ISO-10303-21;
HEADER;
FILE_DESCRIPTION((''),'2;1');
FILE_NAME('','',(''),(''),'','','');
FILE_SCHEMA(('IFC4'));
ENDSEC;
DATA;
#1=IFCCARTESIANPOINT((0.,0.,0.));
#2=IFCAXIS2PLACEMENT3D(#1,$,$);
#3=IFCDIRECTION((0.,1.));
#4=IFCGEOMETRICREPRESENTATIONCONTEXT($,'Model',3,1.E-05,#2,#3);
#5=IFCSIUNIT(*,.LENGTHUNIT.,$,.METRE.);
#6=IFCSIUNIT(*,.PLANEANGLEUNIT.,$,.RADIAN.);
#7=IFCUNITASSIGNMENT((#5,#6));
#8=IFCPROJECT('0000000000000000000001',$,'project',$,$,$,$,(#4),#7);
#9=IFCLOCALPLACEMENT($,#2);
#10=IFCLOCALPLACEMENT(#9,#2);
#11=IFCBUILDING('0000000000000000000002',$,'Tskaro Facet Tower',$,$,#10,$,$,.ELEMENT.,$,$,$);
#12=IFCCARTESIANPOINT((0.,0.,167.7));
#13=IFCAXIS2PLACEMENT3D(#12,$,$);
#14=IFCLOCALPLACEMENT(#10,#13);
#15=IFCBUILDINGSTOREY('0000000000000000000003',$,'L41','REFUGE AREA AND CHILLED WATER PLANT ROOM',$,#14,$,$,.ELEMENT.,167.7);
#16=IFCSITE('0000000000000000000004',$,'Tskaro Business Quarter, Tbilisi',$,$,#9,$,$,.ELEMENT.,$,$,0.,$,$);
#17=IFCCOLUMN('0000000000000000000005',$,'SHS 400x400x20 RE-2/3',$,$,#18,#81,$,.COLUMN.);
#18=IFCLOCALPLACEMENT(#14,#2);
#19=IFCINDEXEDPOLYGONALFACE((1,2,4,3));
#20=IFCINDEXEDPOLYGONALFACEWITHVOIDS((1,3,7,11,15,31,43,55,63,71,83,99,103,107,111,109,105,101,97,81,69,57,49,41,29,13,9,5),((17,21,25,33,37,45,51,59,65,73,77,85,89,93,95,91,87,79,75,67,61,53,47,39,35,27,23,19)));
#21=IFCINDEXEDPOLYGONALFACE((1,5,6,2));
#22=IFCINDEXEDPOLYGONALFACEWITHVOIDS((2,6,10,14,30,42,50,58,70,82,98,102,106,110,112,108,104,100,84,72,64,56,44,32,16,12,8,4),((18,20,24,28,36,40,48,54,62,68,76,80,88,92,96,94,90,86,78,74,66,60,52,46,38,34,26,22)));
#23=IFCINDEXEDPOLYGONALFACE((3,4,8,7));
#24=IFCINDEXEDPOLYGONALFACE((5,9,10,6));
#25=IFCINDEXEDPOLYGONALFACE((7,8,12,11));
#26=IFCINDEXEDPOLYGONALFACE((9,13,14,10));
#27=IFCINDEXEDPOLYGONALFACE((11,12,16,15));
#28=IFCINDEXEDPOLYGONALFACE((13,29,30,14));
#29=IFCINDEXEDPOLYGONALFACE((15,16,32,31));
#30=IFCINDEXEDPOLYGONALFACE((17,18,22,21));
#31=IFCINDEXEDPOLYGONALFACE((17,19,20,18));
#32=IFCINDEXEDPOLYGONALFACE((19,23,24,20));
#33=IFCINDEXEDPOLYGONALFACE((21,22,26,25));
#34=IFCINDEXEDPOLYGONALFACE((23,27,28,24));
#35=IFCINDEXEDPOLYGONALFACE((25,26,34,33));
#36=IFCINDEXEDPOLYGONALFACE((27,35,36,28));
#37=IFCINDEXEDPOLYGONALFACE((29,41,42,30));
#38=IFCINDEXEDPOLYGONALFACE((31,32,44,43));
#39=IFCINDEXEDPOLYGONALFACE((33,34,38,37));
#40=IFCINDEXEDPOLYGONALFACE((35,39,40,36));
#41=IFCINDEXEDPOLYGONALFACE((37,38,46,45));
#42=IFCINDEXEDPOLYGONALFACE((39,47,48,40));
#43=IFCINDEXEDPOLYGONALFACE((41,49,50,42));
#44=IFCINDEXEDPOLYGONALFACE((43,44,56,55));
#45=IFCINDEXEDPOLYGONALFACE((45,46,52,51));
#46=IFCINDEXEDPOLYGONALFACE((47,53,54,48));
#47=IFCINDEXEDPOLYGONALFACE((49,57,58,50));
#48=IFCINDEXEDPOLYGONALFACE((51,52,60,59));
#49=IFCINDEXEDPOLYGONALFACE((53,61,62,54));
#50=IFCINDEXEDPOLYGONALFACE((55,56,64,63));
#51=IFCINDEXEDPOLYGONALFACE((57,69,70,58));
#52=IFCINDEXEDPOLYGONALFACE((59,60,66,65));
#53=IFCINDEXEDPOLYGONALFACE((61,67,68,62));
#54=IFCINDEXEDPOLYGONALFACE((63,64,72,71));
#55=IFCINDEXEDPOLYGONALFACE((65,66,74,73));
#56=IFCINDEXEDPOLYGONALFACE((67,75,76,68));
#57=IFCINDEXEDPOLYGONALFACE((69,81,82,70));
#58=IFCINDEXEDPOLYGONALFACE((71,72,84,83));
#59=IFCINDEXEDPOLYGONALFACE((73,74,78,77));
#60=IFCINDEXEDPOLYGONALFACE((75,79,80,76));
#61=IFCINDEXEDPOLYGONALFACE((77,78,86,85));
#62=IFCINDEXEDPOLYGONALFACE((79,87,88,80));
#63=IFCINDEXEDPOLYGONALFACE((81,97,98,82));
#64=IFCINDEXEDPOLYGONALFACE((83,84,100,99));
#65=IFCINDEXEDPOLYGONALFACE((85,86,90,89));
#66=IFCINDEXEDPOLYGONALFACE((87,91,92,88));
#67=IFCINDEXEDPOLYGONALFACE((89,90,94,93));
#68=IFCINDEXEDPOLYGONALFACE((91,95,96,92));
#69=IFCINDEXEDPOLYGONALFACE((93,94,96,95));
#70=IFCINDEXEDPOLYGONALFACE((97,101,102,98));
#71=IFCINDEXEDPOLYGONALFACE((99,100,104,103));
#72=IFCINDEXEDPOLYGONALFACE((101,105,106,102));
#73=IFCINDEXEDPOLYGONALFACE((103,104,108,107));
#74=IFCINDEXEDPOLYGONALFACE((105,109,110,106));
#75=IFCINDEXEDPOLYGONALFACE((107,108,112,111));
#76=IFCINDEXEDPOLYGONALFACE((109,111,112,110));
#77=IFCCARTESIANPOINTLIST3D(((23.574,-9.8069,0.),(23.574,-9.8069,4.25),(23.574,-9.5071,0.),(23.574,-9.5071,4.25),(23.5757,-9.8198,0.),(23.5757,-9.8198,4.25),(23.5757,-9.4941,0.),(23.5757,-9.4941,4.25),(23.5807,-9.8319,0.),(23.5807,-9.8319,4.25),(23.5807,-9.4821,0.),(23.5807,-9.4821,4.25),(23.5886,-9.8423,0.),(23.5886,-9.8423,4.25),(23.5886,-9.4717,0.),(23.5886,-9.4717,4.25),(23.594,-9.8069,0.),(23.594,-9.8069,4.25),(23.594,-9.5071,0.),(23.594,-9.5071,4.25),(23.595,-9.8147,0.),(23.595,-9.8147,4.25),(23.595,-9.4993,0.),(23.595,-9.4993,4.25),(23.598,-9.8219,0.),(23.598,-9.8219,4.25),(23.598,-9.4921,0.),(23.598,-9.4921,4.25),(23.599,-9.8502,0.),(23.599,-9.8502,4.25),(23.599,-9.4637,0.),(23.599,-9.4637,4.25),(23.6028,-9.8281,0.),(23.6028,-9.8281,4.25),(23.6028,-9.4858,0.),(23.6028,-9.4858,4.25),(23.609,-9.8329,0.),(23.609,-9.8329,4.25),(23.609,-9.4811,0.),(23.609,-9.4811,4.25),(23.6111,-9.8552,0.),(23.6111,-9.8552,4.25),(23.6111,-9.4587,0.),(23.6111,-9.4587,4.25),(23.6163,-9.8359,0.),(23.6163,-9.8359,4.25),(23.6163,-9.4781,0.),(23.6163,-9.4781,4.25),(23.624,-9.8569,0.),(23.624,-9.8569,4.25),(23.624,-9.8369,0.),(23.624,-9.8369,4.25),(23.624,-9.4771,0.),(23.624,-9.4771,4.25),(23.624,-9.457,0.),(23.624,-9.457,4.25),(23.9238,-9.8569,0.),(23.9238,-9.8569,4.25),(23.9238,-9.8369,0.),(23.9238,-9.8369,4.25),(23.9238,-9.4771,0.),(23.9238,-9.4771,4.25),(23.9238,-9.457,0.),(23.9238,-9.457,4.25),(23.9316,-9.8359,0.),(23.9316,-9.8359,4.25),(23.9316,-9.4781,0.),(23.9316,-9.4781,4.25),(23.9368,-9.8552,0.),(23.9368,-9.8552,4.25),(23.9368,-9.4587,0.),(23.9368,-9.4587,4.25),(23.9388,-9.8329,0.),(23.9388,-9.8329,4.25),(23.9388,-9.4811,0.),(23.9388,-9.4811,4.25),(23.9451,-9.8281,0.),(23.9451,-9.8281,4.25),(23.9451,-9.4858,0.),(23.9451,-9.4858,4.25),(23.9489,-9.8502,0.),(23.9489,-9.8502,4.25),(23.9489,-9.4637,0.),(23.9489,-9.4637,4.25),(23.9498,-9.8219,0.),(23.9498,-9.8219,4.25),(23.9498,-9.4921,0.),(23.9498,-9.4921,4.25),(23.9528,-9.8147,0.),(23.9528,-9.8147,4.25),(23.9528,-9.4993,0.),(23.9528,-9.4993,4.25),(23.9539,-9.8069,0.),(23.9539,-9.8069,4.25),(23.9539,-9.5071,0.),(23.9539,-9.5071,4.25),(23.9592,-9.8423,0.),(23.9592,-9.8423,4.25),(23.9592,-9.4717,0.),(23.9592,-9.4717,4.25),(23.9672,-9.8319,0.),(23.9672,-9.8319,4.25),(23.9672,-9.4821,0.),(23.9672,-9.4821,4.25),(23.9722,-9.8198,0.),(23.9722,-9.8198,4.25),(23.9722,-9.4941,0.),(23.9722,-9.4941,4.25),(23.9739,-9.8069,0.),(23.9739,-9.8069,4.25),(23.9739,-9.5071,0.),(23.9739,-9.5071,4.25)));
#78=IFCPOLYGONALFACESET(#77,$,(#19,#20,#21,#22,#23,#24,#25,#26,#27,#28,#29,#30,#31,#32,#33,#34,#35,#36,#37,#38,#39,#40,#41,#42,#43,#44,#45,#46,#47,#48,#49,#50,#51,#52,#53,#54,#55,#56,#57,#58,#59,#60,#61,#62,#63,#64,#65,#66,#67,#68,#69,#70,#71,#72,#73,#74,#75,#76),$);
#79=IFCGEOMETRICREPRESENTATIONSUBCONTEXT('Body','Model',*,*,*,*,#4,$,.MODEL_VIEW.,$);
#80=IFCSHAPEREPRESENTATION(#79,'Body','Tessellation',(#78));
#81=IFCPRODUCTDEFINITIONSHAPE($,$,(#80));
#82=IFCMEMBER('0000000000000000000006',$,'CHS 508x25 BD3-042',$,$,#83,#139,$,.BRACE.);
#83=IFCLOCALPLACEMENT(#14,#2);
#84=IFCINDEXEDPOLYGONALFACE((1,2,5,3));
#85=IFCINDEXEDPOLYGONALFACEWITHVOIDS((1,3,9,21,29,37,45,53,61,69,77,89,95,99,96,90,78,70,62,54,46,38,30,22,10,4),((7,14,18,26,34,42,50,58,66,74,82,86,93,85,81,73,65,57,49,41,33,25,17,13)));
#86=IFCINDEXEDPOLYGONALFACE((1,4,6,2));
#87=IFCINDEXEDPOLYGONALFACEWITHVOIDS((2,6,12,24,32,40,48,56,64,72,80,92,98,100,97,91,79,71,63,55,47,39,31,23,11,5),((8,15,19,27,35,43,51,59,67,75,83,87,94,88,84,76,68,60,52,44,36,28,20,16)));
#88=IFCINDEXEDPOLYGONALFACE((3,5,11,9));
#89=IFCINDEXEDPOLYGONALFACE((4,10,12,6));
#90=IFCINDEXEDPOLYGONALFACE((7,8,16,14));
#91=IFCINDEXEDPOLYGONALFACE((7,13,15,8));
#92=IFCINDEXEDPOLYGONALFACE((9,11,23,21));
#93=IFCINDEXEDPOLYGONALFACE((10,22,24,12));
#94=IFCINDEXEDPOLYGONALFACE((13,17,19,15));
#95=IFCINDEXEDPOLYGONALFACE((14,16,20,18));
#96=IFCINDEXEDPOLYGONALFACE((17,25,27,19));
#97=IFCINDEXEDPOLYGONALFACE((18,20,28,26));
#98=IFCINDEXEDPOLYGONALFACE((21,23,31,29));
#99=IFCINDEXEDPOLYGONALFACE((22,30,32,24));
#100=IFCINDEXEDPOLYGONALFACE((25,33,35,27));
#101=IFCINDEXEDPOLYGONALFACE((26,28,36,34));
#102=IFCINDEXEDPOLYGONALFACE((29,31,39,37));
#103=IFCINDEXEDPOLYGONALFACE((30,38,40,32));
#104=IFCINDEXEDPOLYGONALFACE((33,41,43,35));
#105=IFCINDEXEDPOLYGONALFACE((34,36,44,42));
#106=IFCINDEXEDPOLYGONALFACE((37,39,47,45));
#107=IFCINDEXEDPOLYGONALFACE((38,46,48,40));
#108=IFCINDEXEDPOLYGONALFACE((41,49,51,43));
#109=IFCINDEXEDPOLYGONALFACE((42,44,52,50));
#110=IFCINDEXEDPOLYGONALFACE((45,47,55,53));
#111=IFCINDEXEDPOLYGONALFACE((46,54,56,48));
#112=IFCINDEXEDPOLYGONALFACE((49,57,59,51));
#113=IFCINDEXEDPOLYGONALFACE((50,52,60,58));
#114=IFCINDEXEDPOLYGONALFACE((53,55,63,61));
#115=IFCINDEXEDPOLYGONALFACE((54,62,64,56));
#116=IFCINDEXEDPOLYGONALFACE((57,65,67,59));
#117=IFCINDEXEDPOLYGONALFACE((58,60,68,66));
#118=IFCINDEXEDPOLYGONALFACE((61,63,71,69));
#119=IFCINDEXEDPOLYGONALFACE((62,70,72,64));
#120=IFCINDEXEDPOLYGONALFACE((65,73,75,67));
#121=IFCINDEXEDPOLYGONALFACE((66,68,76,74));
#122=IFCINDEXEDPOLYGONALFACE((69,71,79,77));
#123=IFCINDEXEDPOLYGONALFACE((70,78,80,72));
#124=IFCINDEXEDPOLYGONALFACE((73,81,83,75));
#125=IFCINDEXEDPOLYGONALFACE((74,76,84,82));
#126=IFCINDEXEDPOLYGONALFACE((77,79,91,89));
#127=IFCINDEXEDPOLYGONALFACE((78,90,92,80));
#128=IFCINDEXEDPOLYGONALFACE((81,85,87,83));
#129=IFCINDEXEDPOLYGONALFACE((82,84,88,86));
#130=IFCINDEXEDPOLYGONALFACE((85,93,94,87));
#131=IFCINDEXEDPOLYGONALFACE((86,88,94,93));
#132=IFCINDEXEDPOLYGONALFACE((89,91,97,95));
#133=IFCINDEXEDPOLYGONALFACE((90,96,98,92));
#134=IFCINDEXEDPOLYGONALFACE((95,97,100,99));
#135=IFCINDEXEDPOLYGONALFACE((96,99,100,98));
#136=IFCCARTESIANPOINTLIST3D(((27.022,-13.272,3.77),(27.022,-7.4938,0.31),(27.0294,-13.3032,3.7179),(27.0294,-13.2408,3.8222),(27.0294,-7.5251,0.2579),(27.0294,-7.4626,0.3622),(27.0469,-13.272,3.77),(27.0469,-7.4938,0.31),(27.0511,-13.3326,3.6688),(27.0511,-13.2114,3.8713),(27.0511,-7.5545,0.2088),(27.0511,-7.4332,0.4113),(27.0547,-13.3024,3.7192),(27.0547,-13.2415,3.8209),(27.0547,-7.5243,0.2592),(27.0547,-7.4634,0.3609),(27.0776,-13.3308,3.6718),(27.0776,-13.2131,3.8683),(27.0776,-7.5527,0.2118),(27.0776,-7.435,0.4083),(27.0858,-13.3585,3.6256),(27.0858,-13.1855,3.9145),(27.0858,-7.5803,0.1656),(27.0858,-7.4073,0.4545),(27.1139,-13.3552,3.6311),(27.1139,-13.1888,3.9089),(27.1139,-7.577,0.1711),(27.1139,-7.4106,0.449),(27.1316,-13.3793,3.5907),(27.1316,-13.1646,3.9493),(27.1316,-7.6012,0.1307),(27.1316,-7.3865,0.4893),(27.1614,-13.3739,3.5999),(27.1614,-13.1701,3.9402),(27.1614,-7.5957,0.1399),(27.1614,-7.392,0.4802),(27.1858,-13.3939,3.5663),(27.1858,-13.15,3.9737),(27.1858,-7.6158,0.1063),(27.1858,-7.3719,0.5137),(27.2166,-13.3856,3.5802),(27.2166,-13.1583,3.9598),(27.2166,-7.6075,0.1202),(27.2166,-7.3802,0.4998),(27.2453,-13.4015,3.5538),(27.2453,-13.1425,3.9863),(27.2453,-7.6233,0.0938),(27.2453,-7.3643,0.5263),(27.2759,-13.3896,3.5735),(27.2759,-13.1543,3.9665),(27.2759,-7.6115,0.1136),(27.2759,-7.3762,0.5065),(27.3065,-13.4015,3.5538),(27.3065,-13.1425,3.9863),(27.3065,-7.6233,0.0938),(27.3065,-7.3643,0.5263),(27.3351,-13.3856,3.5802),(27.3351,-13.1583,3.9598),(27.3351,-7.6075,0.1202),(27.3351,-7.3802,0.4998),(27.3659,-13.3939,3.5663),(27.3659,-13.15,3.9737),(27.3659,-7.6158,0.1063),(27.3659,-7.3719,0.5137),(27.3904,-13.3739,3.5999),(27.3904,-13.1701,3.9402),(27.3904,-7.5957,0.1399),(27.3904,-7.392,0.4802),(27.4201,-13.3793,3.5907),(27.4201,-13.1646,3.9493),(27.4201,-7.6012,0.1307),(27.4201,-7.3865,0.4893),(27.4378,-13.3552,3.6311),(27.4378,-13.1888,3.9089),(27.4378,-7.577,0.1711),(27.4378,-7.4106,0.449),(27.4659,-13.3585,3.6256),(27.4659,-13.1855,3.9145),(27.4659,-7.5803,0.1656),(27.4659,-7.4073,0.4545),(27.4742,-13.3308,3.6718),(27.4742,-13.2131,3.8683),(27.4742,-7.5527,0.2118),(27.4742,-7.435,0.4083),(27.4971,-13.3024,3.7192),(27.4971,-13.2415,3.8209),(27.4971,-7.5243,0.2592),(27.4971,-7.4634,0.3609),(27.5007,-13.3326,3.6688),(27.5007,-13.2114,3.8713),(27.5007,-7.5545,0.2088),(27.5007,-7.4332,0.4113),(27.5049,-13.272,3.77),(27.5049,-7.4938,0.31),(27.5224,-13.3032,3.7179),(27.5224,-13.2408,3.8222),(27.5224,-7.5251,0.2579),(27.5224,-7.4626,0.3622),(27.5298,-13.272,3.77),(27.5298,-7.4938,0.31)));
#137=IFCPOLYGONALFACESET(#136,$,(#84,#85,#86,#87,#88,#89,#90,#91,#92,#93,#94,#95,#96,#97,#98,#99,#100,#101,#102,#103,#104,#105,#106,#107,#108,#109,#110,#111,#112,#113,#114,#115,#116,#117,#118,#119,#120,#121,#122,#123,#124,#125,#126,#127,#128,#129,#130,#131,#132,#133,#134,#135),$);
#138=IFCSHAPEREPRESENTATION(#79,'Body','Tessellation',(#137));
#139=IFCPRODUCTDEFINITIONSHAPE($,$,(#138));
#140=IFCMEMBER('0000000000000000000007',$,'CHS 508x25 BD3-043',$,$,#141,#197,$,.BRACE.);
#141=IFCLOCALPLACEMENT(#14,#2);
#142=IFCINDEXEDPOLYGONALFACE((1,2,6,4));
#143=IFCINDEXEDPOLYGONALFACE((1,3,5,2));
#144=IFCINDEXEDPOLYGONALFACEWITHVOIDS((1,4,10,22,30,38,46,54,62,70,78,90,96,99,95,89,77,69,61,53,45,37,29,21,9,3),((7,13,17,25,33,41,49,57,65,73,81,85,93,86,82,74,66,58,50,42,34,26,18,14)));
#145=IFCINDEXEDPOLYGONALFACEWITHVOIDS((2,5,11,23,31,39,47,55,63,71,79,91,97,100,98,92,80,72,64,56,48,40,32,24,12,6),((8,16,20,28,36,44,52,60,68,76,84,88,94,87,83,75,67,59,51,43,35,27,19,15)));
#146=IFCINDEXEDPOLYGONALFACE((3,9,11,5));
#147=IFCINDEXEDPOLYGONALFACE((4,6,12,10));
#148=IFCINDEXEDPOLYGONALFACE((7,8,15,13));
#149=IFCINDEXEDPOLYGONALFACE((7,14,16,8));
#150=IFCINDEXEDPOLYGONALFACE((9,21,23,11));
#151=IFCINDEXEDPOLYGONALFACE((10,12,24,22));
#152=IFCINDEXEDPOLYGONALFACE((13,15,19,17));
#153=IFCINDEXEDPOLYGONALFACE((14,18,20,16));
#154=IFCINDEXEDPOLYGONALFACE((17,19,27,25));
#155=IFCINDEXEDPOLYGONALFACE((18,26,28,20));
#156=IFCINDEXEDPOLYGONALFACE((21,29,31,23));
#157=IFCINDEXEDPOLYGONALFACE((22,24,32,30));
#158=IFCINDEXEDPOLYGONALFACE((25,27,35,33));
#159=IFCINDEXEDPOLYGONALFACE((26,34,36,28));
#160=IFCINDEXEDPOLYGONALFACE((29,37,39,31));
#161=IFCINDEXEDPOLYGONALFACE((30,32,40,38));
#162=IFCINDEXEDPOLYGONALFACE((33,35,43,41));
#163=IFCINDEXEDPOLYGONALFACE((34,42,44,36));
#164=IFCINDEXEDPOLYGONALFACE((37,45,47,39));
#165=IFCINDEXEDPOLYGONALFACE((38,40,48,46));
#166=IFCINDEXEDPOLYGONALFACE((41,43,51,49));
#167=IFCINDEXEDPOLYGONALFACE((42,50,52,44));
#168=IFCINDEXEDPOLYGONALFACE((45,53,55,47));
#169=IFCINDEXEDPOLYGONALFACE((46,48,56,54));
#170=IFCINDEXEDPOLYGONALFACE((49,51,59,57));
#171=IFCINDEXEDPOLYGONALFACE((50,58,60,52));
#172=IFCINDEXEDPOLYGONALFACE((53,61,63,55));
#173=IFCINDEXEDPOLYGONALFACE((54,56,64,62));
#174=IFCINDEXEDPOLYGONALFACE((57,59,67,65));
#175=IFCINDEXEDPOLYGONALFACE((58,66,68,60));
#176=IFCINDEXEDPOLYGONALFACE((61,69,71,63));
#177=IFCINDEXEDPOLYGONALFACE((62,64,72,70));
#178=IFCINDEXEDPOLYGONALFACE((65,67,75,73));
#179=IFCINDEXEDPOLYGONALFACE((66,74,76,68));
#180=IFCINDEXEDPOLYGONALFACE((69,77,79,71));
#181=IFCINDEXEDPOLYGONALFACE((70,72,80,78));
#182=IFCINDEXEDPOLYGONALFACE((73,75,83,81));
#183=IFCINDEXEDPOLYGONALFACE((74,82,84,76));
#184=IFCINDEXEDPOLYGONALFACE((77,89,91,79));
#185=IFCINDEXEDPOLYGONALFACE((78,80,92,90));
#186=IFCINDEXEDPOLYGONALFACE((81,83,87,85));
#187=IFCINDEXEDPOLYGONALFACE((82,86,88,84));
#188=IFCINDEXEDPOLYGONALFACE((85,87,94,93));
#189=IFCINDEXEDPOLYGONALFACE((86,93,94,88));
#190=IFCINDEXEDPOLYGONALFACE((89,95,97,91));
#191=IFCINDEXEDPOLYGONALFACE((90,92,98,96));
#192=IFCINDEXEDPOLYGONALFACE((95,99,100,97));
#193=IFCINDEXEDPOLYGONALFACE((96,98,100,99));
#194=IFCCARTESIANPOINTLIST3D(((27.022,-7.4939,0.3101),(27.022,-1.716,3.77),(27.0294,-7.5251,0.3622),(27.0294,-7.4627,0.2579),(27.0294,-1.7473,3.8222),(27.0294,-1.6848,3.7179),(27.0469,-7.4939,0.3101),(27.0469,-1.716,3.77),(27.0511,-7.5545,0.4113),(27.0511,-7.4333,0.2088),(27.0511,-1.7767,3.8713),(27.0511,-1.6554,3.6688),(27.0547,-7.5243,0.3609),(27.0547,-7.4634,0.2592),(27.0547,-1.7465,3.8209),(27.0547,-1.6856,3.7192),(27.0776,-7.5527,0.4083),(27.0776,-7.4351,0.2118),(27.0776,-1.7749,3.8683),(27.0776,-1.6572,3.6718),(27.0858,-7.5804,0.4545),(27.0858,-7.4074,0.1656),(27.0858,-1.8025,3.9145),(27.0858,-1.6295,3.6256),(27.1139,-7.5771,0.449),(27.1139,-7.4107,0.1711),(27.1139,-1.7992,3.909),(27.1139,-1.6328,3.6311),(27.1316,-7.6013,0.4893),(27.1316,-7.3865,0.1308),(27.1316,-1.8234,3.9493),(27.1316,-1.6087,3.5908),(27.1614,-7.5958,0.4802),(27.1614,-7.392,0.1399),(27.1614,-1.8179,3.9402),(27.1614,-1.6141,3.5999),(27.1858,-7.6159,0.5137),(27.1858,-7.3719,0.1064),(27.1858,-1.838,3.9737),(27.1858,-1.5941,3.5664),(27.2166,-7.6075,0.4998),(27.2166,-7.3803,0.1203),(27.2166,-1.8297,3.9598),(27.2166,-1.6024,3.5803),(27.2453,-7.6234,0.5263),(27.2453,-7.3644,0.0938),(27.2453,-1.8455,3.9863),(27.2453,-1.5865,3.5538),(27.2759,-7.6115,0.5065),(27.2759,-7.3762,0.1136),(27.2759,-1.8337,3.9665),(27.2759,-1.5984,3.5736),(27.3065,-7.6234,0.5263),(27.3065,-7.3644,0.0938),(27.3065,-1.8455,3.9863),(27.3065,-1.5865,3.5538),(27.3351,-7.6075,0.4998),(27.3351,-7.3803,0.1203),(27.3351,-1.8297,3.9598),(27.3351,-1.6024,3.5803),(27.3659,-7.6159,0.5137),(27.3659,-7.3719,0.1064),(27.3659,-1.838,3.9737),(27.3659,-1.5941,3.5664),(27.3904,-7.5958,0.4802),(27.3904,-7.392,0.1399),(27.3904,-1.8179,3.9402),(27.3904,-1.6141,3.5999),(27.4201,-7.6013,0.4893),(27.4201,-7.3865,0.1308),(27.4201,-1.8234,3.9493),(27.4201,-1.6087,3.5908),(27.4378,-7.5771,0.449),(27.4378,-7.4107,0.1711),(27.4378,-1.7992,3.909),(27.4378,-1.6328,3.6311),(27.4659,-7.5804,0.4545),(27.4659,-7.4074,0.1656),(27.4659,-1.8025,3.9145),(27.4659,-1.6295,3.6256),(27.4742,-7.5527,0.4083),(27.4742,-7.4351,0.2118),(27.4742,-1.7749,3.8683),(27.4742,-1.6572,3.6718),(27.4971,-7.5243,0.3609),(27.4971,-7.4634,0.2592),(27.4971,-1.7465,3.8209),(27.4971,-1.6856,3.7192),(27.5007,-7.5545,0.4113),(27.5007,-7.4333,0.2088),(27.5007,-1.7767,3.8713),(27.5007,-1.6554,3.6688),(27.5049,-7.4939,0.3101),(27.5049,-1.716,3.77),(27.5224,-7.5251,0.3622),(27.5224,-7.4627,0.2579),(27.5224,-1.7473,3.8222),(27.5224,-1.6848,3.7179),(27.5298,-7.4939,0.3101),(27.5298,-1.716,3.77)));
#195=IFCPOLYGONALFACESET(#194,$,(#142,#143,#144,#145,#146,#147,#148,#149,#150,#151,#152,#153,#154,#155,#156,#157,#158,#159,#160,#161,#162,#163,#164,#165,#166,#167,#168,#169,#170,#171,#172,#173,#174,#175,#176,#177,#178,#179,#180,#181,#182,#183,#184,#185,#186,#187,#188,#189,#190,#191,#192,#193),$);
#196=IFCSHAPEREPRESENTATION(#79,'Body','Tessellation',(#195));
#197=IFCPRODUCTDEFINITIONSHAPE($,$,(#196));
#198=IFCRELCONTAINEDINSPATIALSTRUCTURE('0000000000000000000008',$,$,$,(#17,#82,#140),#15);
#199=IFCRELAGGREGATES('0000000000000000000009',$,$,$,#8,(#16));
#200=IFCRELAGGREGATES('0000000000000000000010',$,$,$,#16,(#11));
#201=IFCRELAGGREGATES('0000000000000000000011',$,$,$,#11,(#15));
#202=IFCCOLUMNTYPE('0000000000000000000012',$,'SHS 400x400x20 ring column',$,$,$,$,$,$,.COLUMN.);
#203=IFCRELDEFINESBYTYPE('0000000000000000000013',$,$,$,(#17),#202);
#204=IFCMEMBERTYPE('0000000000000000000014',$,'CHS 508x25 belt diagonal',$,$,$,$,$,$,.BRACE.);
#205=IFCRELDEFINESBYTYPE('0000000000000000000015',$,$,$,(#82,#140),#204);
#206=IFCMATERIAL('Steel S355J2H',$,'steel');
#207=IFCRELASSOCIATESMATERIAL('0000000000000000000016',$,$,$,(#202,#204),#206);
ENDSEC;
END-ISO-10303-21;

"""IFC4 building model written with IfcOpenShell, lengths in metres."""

from ifc_helpers import new_model, si_unit, direction, frame, origin, origin_2d, place, context, subcontext, project, spatial, hollow_rectangle, hollow_circle, extrude, material, material_profile, profile_set, type_object, element, save


model = new_model("IFC4")

# Units and contexts
model_context = context("Model", 3, precision=1e-05, world=origin(), true_north=direction((0.0, 1.0)))
body_context = subcontext(model_context, "Body", "Model", "MODEL_VIEW")
ifc_project = project(units=[si_unit("LENGTHUNIT", "METRE"), si_unit("PLANEANGLEUNIT", "RADIAN")], contexts=[model_context])

# Site, building, storey
site_placement = place(None, origin())
site = spatial("IfcSite", under=ifc_project, at=site_placement, Name="Tskaro Business Quarter, Tbilisi", CompositionType="ELEMENT", RefElevation=0.0)
building_placement = place(site_placement, origin())
building = spatial("IfcBuilding", under=site, at=building_placement, Name="Tskaro Facet Tower", CompositionType="ELEMENT")
storey_placement = place(building_placement, frame((0.0, 0.0, 167.7)))
storey = spatial("IfcBuildingStorey", under=building, at=storey_placement, Name="L41", Description="REFUGE AREA AND CHILLED WATER PLANT ROOM", CompositionType="ELEMENT", Elevation=167.7)

# Column
ifc_material_1 = material(Name="Steel S355J2H", Category="steel")
ifc_material_profile_1 = material_profile(ifc_material_1, hollow_rectangle(XDim=0.3999, YDim=0.3999, WallThickness=0.02, InnerFilletRadius=0.03, OuterFilletRadius=0.05, at=origin_2d()), Name="SHS 400x400x20")
ifc_profile_set_1 = profile_set([ifc_material_profile_1], Name="Steel S355J2H")
column_type_1 = type_object("IfcColumnType", Name="SHS 400x400x20 ring column", PredefinedType="COLUMN", material=ifc_profile_set_1)
for number, where, z_axis, x_axis, name in (
    (1, (23.7739, -9.657, 0.0), (0.0, 0.0, 1.0), (1.0, 0.0, 0.0), "SHS 400x400x20 RE-2/3"),
):
    element("IfcColumn", number, at=place(storey_placement, frame(where, z_axis=z_axis, x_axis=x_axis)), inside=storey, type_object=column_type_1, Name=name, PredefinedType="COLUMN", context=body_context, shape_type="SweptSolid", body=[
        extrude(hollow_rectangle(XDim=0.3999, YDim=0.3999, WallThickness=0.02, InnerFilletRadius=0.03, OuterFilletRadius=0.05, at=origin_2d()), origin(), (0.0, 0.0, 1.0), 4.25),
    ])

# Members
ifc_material_profile_2 = material_profile(ifc_material_1, hollow_circle(Radius=0.2539, WallThickness=0.0249, at=origin_2d()), Name="CHS 508x25")
ifc_profile_set_2 = profile_set([ifc_material_profile_2], Name="Steel S355J2H")
member_type_1 = type_object("IfcMemberType", Name="CHS 508x25 belt diagonal", PredefinedType="BRACE", material=ifc_profile_set_2)
member_1_placement = place(storey_placement, frame((27.2759, -13.272, 3.77), z_axis=(0.0, 0.857944, -0.513744), x_axis=(-1.0, 0.0, 0.0)))
element("IfcMember", 2, at=member_1_placement, inside=storey, type_object=member_type_1, Name="CHS 508x25 BD3-042", PredefinedType="BRACE", context=body_context, shape_type="SweptSolid", body=[
    extrude(hollow_circle(Radius=0.2539, WallThickness=0.0249, at=origin_2d()), origin(), (0.0, 0.0, 1.0), 6.7349),
])
member_2_placement = place(storey_placement, frame((27.2759, -7.4939, 0.3101), z_axis=(0.0, 0.857934, 0.51376), x_axis=(-1.0, 0.0, 0.0)))
element("IfcMember", 3, at=member_2_placement, inside=storey, type_object=member_type_1, Name="CHS 508x25 BD3-043", PredefinedType="BRACE", context=body_context, shape_type="SweptSolid", body=[
    extrude(hollow_circle(Radius=0.2539, WallThickness=0.0249, at=origin_2d()), origin(), (0.0, 0.0, 1.0), 6.7346),
])

save(model, "model.ifc")
